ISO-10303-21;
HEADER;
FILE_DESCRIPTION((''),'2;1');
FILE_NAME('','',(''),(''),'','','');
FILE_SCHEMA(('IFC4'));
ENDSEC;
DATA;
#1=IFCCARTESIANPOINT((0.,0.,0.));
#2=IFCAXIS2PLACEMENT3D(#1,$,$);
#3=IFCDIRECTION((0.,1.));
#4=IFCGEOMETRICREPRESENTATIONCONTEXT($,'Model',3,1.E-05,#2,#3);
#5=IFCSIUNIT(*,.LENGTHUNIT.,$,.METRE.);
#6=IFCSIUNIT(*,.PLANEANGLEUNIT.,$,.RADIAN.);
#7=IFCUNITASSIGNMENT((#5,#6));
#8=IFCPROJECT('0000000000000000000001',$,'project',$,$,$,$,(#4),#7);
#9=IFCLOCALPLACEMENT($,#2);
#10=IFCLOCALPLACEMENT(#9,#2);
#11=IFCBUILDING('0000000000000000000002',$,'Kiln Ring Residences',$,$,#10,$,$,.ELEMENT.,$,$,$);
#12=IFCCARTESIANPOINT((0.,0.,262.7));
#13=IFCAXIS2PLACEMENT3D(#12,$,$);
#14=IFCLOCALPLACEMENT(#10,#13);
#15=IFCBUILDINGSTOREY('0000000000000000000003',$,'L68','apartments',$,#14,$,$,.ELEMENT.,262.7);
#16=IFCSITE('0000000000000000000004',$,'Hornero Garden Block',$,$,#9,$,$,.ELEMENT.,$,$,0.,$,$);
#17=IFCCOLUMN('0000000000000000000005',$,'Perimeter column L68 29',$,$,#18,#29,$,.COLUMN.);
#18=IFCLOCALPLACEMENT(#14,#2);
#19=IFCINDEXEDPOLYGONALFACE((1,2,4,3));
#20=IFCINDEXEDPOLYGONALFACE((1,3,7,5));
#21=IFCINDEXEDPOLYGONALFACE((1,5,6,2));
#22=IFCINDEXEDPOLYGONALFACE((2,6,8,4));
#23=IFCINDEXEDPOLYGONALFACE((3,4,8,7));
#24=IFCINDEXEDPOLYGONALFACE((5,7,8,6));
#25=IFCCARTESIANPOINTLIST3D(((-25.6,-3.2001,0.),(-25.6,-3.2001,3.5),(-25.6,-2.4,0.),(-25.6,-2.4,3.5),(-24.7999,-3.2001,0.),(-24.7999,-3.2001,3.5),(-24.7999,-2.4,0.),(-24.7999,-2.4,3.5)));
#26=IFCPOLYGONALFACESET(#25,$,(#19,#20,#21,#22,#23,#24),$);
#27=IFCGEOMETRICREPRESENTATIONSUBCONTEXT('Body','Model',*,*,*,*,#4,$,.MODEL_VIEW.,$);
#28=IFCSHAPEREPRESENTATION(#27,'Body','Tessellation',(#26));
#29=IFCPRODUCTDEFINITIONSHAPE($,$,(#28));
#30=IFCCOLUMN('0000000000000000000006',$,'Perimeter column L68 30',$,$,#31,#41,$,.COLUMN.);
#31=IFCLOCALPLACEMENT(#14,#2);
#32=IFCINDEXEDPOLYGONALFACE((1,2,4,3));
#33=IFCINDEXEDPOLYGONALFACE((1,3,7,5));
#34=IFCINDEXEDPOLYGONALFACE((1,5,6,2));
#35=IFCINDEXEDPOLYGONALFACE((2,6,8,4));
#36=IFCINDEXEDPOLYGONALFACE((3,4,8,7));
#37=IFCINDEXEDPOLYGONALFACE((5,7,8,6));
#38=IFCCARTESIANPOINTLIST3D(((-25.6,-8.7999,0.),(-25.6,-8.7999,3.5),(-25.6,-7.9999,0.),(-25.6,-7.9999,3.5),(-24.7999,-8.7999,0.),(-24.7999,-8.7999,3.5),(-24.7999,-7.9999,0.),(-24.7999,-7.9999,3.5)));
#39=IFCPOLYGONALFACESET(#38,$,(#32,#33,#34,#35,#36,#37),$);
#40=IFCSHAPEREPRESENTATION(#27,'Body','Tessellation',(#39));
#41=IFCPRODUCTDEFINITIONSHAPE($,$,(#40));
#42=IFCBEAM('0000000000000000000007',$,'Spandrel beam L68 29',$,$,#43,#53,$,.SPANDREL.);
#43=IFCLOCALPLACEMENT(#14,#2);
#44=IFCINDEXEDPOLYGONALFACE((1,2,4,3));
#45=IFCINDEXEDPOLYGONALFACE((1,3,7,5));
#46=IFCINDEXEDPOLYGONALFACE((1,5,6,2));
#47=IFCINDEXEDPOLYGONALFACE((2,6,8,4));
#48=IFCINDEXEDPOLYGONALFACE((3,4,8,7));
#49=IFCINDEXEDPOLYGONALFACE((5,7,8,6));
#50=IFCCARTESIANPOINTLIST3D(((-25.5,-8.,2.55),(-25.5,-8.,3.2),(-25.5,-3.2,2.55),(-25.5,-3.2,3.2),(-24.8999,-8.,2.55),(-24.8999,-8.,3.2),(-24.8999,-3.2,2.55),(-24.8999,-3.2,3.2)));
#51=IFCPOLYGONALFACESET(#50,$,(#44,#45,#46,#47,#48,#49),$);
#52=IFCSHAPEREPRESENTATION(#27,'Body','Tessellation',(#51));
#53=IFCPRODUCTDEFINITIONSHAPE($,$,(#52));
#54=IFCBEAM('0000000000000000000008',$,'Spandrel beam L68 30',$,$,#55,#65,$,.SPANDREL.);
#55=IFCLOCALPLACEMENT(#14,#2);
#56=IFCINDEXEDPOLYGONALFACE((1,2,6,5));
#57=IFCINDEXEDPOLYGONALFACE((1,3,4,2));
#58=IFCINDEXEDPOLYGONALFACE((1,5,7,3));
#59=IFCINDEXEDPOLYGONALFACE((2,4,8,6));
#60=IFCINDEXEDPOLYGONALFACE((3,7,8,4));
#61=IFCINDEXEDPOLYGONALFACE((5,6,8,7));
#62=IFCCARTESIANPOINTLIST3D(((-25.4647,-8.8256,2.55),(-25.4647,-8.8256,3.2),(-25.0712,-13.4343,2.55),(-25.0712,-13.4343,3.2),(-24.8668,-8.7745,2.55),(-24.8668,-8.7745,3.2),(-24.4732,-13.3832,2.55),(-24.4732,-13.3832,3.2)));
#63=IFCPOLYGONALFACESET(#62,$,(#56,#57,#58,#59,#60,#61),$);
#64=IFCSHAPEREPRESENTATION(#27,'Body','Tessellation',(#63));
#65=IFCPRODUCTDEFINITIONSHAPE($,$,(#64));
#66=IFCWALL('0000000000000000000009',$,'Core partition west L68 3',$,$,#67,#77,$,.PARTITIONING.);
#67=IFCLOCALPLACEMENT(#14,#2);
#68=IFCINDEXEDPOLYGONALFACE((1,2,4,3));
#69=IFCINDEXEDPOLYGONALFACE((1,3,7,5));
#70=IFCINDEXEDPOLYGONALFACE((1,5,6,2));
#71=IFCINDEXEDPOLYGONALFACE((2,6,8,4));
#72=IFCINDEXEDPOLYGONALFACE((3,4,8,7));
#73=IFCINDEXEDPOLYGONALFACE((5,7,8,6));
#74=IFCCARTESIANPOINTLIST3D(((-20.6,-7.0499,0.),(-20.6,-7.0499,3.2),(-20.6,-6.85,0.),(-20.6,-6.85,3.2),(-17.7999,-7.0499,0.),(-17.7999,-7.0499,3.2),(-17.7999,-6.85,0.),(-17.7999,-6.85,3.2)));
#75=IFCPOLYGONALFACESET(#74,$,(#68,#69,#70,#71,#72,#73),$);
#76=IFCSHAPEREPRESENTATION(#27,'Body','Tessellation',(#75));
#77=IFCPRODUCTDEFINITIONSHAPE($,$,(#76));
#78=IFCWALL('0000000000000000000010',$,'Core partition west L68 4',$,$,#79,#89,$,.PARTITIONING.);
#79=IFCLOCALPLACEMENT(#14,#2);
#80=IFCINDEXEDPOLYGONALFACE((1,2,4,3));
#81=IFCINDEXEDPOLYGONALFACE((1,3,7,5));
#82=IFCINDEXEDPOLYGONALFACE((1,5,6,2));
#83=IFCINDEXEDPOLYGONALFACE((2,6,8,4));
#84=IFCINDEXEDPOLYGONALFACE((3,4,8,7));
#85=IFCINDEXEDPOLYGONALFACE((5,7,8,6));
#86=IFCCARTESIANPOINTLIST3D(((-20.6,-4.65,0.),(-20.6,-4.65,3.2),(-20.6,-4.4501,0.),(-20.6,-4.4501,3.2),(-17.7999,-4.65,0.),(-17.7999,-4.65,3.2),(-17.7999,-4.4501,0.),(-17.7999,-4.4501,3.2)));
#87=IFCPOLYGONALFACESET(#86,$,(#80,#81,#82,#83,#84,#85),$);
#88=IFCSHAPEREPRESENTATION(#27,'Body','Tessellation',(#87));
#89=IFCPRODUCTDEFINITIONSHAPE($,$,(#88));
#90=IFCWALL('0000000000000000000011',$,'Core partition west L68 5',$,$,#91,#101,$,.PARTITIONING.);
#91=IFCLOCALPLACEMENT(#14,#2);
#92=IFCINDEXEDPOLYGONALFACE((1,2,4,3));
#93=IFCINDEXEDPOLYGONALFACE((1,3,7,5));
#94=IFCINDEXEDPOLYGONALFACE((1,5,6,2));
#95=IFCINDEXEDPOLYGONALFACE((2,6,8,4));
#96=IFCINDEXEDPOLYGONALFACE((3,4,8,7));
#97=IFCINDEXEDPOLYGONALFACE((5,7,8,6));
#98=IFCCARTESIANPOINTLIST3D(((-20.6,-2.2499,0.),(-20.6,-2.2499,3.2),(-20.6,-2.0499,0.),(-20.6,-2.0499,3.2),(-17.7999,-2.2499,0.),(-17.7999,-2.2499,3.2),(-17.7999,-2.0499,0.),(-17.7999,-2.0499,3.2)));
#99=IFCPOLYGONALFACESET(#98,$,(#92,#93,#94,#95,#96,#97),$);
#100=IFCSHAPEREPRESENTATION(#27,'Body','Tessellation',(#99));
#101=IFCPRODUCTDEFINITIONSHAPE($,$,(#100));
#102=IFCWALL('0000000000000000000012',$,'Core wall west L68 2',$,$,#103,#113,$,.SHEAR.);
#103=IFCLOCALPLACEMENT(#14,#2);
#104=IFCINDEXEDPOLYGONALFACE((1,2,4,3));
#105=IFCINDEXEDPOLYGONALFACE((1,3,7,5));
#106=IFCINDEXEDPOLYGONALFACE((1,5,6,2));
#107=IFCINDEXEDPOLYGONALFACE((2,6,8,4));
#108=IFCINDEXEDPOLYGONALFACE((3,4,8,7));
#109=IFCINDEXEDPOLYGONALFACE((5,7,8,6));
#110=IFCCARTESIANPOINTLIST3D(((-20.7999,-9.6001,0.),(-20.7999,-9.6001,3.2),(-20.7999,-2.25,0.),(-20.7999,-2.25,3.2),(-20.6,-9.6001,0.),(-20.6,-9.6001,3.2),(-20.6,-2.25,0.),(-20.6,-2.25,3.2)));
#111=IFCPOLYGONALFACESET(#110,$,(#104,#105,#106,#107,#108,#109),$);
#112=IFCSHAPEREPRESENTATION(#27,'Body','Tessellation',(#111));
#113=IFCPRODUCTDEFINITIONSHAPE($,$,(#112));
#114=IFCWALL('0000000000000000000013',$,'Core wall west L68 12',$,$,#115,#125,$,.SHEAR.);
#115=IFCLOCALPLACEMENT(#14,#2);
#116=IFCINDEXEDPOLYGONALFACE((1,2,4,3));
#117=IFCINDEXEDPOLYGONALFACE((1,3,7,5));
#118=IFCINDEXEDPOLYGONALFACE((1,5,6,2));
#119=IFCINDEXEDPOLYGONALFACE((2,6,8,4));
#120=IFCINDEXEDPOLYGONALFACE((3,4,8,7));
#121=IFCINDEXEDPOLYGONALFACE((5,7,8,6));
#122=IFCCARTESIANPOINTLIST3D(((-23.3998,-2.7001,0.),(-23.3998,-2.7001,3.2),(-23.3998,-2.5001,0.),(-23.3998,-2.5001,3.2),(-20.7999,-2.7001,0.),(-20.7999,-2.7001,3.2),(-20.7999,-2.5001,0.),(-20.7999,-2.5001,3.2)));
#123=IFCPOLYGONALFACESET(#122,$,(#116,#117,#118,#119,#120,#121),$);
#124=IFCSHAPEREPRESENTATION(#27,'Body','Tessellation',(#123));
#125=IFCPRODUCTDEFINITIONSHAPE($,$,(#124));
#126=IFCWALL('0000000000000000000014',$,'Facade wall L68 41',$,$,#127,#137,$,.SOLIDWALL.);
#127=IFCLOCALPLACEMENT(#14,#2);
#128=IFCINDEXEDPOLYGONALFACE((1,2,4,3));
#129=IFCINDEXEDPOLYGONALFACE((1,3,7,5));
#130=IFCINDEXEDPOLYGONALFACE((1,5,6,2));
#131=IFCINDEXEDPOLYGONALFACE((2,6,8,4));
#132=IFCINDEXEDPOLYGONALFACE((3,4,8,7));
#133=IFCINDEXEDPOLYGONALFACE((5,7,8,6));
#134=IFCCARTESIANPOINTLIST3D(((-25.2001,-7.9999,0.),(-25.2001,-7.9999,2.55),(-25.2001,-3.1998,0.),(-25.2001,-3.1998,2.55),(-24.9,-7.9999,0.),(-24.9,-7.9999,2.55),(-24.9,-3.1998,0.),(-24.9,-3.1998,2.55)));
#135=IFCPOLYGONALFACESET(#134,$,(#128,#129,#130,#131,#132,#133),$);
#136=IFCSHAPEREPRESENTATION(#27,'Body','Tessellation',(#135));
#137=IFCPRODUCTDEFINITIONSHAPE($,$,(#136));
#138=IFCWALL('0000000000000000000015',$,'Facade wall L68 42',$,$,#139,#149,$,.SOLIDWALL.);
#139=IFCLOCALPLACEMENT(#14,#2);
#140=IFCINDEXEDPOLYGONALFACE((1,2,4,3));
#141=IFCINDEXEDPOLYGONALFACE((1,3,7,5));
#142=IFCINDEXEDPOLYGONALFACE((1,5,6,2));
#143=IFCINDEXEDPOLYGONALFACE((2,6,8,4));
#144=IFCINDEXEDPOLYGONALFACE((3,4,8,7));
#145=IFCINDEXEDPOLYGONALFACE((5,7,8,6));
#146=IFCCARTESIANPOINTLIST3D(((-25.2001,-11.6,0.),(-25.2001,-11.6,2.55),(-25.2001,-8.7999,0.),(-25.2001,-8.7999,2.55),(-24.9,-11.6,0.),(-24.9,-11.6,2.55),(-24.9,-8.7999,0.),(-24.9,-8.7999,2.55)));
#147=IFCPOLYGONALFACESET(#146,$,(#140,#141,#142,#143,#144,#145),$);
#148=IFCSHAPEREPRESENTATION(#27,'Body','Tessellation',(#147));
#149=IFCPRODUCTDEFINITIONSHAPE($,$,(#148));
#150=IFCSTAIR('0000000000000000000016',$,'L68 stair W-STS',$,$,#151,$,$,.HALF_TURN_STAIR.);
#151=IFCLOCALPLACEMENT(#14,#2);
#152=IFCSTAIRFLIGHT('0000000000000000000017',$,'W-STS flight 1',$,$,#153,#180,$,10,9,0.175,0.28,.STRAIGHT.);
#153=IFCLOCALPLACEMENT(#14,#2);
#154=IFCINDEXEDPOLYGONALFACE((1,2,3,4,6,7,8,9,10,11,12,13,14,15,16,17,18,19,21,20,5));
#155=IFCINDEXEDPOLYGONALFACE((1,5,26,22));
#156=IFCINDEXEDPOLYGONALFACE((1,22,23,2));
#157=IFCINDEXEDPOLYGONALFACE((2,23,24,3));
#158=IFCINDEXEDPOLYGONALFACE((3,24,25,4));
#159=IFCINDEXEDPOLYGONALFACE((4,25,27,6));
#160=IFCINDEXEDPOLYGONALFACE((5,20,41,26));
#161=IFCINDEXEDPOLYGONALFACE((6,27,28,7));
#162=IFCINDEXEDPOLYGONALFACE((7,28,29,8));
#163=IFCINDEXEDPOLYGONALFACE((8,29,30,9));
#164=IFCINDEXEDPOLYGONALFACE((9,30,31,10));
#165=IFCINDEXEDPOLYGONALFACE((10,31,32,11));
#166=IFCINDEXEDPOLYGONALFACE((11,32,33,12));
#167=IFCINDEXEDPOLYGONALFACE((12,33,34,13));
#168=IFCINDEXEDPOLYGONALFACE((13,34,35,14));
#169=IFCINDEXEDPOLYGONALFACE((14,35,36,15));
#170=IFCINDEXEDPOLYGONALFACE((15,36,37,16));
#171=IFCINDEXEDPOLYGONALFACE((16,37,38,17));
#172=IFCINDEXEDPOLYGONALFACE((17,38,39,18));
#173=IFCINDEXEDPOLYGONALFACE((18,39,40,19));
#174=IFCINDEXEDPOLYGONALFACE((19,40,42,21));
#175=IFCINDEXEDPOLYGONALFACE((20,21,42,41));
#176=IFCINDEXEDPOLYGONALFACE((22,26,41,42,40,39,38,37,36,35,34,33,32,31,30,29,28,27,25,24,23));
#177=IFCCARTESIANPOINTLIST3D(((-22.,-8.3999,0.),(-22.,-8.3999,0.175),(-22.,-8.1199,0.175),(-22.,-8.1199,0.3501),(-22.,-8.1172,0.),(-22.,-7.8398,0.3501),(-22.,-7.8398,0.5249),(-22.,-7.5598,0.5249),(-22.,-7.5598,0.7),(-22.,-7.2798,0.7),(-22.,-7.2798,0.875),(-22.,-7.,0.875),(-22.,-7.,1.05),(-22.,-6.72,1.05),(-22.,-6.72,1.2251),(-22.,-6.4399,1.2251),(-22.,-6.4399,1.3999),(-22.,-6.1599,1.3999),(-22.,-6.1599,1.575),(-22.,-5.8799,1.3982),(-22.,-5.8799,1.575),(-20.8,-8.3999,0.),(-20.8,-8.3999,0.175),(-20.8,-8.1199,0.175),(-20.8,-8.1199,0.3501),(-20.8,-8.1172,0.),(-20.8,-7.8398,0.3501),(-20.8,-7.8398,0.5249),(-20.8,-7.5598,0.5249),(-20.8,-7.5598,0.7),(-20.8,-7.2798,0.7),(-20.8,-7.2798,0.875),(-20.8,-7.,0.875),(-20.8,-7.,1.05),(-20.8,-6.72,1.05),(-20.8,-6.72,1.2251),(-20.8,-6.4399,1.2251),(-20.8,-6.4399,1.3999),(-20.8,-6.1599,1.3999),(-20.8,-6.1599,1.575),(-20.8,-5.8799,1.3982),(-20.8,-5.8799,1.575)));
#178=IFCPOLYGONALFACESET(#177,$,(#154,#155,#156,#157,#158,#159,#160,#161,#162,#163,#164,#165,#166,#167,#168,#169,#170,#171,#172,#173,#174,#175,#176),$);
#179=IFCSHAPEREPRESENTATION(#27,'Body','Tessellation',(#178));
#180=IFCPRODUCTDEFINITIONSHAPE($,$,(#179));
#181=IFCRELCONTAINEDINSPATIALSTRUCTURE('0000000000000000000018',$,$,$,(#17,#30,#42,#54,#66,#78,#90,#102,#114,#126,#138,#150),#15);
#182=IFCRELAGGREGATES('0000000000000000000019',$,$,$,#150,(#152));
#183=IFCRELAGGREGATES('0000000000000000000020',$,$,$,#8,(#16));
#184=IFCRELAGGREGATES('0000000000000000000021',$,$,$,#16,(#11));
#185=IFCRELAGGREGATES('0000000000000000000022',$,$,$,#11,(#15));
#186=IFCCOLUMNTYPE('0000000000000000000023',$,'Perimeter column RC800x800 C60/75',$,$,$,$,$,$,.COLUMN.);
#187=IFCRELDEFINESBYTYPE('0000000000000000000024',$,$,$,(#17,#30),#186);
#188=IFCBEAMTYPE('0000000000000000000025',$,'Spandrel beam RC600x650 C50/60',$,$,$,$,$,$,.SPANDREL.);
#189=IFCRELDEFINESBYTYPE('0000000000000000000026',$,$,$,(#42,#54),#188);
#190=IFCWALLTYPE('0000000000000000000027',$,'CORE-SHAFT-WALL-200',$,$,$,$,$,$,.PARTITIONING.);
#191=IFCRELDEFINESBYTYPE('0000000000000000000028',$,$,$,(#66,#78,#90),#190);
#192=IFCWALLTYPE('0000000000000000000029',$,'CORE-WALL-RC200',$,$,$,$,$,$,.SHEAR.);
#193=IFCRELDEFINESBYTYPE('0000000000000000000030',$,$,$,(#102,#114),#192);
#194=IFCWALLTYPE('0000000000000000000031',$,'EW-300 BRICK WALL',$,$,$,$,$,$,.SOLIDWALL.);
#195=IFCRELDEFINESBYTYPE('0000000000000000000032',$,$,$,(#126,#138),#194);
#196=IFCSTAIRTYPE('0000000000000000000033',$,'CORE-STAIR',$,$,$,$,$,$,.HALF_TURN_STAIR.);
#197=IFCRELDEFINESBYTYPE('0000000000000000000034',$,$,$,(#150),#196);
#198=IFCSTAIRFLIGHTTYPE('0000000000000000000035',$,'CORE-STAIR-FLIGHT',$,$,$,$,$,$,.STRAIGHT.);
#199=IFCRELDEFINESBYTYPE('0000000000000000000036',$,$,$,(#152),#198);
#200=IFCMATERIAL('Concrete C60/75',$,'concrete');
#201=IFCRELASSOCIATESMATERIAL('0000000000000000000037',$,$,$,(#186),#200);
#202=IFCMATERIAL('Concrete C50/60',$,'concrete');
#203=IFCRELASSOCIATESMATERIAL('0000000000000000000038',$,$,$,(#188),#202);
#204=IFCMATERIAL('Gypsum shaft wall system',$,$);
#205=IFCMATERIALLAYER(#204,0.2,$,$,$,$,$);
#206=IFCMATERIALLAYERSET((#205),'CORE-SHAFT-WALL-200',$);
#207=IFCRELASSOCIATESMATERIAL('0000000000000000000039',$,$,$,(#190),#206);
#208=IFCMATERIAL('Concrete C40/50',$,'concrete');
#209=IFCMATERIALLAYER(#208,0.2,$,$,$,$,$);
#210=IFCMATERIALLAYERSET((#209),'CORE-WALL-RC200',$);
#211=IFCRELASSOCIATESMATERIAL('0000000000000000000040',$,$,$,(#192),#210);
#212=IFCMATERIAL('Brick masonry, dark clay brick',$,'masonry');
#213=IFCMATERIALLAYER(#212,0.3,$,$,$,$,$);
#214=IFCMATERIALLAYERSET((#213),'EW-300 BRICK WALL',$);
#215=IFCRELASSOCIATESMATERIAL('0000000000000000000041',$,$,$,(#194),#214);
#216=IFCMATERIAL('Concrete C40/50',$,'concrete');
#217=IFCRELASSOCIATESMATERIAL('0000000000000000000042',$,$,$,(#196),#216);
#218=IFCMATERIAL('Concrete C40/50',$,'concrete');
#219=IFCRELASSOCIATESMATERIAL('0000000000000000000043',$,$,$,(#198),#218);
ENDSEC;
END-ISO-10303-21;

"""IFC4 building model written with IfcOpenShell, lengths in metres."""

from ifc_helpers import new_model, si_unit, direction, frame, frame_2d, origin, origin_2d, place, context, subcontext, project, spatial, polyline, rectangle, outline, extrude, material, layer, layer_set, material_profile, profile_set, type_object, element, aggregate, save


model = new_model("IFC4")

# Units and contexts
model_context = context("Model", 3, precision=1e-05, world=origin(), true_north=direction((0.0, 1.0)))
body_context = subcontext(model_context, "Body", "Model", "MODEL_VIEW")
ifc_project = project(units=[si_unit("LENGTHUNIT", "METRE"), si_unit("PLANEANGLEUNIT", "RADIAN")], contexts=[model_context])

# Site, building, storey
site_placement = place(None, origin())
site = spatial("IfcSite", under=ifc_project, at=site_placement, Name="Hornero Garden Block", CompositionType="ELEMENT", RefElevation=0.0)
building_placement = place(site_placement, origin())
building = spatial("IfcBuilding", under=site, at=building_placement, Name="Kiln Ring Residences", CompositionType="ELEMENT")
storey_placement = place(building_placement, frame((0.0, 0.0, 262.7)))
storey = spatial("IfcBuildingStorey", under=building, at=storey_placement, Name="L68", Description="apartments", CompositionType="ELEMENT", Elevation=262.7)

# Columns
ifc_material_1 = material(Name="Concrete C60/75", Category="concrete")
ifc_material_profile_1 = material_profile(ifc_material_1, rectangle(XDim=0.8, YDim=0.8, at=origin_2d()), Name="RC800x800")
ifc_profile_set_1 = profile_set([ifc_material_profile_1], Name="Concrete C60/75")
column_type = type_object("IfcColumnType", Name="Perimeter column RC800x800 C60/75", PredefinedType="COLUMN", material=ifc_profile_set_1)
for number, where, z_axis, x_axis, name in (
    (1, (-25.2, -2.8, 0.0), (0.0, 0.0, 1.0), (1.0, 0.0, 0.0), "Perimeter column L68 29"),
    (2, (-25.2, -8.3999, 0.0), (0.0, 0.0, 1.0), (1.0, 0.0, 0.0), "Perimeter column L68 30"),
):
    element("IfcColumn", number, at=place(storey_placement, frame(where, z_axis=z_axis, x_axis=x_axis)), inside=storey, type_object=column_type, Name=name, PredefinedType="COLUMN", context=body_context, shape_type="SweptSolid", body=[
        extrude(rectangle(XDim=0.8, YDim=0.8, at=origin_2d()), origin(), (0.0, 0.0, 1.0), 3.5),
    ])

# Beams
ifc_material_2 = material(Name="Concrete C50/60", Category="concrete")
ifc_material_profile_2 = material_profile(ifc_material_2, rectangle(XDim=0.6001, YDim=0.6499, at=origin_2d()), Name="RC600x650")
ifc_profile_set_2 = profile_set([ifc_material_profile_2], Name="Concrete C50/60")
beam_type = type_object("IfcBeamType", Name="Spandrel beam RC600x650 C50/60", PredefinedType="SPANDREL", material=ifc_profile_set_2)
beam_1_placement = place(storey_placement, frame((-25.2, -3.2, 2.875), z_axis=(0.0, -1.0, 0.0), x_axis=(1.0, 0.0, 0.0)))
element("IfcBeam", 3, at=beam_1_placement, inside=storey, type_object=beam_type, Name="Spandrel beam L68 29", PredefinedType="SPANDREL", context=body_context, shape_type="SweptSolid", body=[
    extrude(rectangle(XDim=0.6001, YDim=0.6499, at=origin_2d()), origin(), (0.0, 0.0, 1.0), 4.8),
])
beam_2_placement = place(storey_placement, frame((-25.1658, -8.8, 2.875), z_axis=(0.085085, -0.996374, 0.0), x_axis=(0.996374, 0.085085, 0.0)))
element("IfcBeam", 4, at=beam_2_placement, inside=storey, type_object=beam_type, Name="Spandrel beam L68 30", PredefinedType="SPANDREL", context=body_context, shape_type="SweptSolid", body=[
    extrude(rectangle(XDim=0.6001, YDim=0.6499, at=origin_2d()), origin(), (0.0, 0.0, 1.0), 4.6255),
])

# Walls
ifc_material_3 = material(Name="Gypsum shaft wall system")
ifc_layer_1 = layer(ifc_material_3, 0.2)
ifc_layer_set_1 = layer_set([ifc_layer_1], Name="CORE-SHAFT-WALL-200")
wall_type_1 = type_object("IfcWallType", Name="CORE-SHAFT-WALL-200", PredefinedType="PARTITIONING", material=ifc_layer_set_1)
for number, where, z_axis, x_axis, name in (
    (5, (-17.8, -6.95, 0.0), (0.0, 0.0, 1.0), (-1.0, 0.0, 0.0), "Core partition west L68 3"),
    (6, (-17.8, -4.55, 0.0), (0.0, 0.0, 1.0), (-1.0, 0.0, 0.0), "Core partition west L68 4"),
    (7, (-17.8, -2.1499, 0.0), (0.0, 0.0, 1.0), (-1.0, 0.0, 0.0), "Core partition west L68 5"),
):
    element("IfcWall", number, at=place(storey_placement, frame(where, z_axis=z_axis, x_axis=x_axis)), inside=storey, type_object=wall_type_1, Name=name, PredefinedType="PARTITIONING", context=body_context, shape_type="SweptSolid", body=[
        extrude(rectangle(XDim=2.8, YDim=0.2, at=frame_2d((1.3999, 0.0))), origin(), (0.0, 0.0, 1.0), 3.2),
    ])
ifc_material_4 = material(Name="Concrete C40/50", Category="concrete")
ifc_layer_2 = layer(ifc_material_4, 0.2)
ifc_layer_set_2 = layer_set([ifc_layer_2], Name="CORE-WALL-RC200")
wall_type_2 = type_object("IfcWallType", Name="CORE-WALL-RC200", PredefinedType="SHEAR", material=ifc_layer_set_2)
wall_1_placement = place(storey_placement, frame((-20.7, -9.6001, 0.0), z_axis=(0.0, 0.0, 1.0), x_axis=(0.0, 1.0, 0.0)))
element("IfcWall", 8, at=wall_1_placement, inside=storey, type_object=wall_type_2, Name="Core wall west L68 2", PredefinedType="SHEAR", context=body_context, shape_type="SweptSolid", body=[
    extrude(rectangle(XDim=7.3501, YDim=0.2, at=frame_2d((3.675, 0.0))), origin(), (0.0, 0.0, 1.0), 3.2),
])
wall_2_placement = place(storey_placement, frame((-20.8, -2.6001, 0.0), z_axis=(0.0, 0.0, 1.0), x_axis=(-1.0, 0.0, 0.0)))
element("IfcWall", 9, at=wall_2_placement, inside=storey, type_object=wall_type_2, Name="Core wall west L68 12", PredefinedType="SHEAR", context=body_context, shape_type="SweptSolid", body=[
    extrude(rectangle(XDim=2.5999, YDim=0.2, at=frame_2d((1.2998, 0.0))), origin(), (0.0, 0.0, 1.0), 3.2),
])
ifc_material_5 = material(Name="Brick masonry, dark clay brick", Category="masonry")
ifc_layer_3 = layer(ifc_material_5, 0.3)
ifc_layer_set_3 = layer_set([ifc_layer_3], Name="EW-300 BRICK WALL")
wall_type_3 = type_object("IfcWallType", Name="EW-300 BRICK WALL", PredefinedType="SOLIDWALL", material=ifc_layer_set_3)
wall_3_placement = place(storey_placement, frame((-25.05, -3.2, 0.0), z_axis=(0.0, 0.0, 1.0), x_axis=(0.0, -1.0, 0.0)))
element("IfcWall", 10, at=wall_3_placement, inside=storey, type_object=wall_type_3, Name="Facade wall L68 41", PredefinedType="SOLIDWALL", context=body_context, shape_type="SweptSolid", body=[
    extrude(rectangle(XDim=4.8, YDim=0.3, at=frame_2d((2.3999, 0.0))), origin(), (0.0, 0.0, 1.0), 2.55),
])
wall_4_placement = place(storey_placement, frame((-25.05, -8.8, 0.0), z_axis=(0.0, 0.0, 1.0), x_axis=(0.0, -1.0, 0.0)))
element("IfcWall", 11, at=wall_4_placement, inside=storey, type_object=wall_type_3, Name="Facade wall L68 42", PredefinedType="SOLIDWALL", context=body_context, shape_type="SweptSolid", body=[
    extrude(rectangle(XDim=2.8, YDim=0.3, at=frame_2d((1.3999, 0.0))), origin(), (0.0, 0.0, 1.0), 2.55),
])

# Stair, stair flight
ifc_material_6 = material(Name="Concrete C40/50", Category="concrete")
stair_type = type_object("IfcStairType", Name="CORE-STAIR", PredefinedType="HALF_TURN_STAIR", material=ifc_material_6)
stair_placement = place(storey_placement, origin())
stair = element("IfcStair", 12, at=stair_placement, inside=storey, type_object=stair_type, Name="L68 stair W-STS", PredefinedType="HALF_TURN_STAIR")
ifc_material_7 = material(Name="Concrete C40/50", Category="concrete")
stair_flight_type = type_object("IfcStairFlightType", Name="CORE-STAIR-FLIGHT", PredefinedType="STRAIGHT", material=ifc_material_7)
stair_flight_1_placement = place(storey_placement, frame((-21.3999, -8.3999, 0.0), z_axis=(0.0, 0.0, 1.0), x_axis=(0.0, 1.0, 0.0)))
stair_flight_1 = element("IfcStairFlight", 13, at=stair_flight_1_placement, type_object=stair_flight_type, Name="W-STS flight 1", NumberOfRisers=10, NumberOfTreads=9, PredefinedType="STRAIGHT", RiserHeight=0.175, TreadLength=0.28, context=body_context, shape_type="SweptSolid", body=[
    extrude(outline(polyline([(0.0, 0.0), (0.0, 0.175), (0.28, 0.175), (0.28, 0.3501), (0.5601, 0.3501), (0.5601, 0.5249), (0.8401, 0.5249), (0.8401, 0.7), (1.1201, 0.7), (1.1201, 0.875), (1.3999, 0.875), (1.3999, 1.05), (1.6799, 1.05), (1.6799, 1.2251), (1.96, 1.2251), (1.96, 1.3999), (2.24, 1.3999), (2.24, 1.575), (2.52, 1.575), (2.52, 1.75), (2.52, 1.3982), (0.2827, 0.0), (0.0, 0.0)])), frame((0.0, 0.6001, 0.0), z_axis=(0.0, -1.0, 0.0), x_axis=(1.0, 0.0, 0.0)), (0.0, 0.0, 1.0), 1.2),
])
aggregate(stair, [stair_flight_1])

save(model, "model.ifc")
